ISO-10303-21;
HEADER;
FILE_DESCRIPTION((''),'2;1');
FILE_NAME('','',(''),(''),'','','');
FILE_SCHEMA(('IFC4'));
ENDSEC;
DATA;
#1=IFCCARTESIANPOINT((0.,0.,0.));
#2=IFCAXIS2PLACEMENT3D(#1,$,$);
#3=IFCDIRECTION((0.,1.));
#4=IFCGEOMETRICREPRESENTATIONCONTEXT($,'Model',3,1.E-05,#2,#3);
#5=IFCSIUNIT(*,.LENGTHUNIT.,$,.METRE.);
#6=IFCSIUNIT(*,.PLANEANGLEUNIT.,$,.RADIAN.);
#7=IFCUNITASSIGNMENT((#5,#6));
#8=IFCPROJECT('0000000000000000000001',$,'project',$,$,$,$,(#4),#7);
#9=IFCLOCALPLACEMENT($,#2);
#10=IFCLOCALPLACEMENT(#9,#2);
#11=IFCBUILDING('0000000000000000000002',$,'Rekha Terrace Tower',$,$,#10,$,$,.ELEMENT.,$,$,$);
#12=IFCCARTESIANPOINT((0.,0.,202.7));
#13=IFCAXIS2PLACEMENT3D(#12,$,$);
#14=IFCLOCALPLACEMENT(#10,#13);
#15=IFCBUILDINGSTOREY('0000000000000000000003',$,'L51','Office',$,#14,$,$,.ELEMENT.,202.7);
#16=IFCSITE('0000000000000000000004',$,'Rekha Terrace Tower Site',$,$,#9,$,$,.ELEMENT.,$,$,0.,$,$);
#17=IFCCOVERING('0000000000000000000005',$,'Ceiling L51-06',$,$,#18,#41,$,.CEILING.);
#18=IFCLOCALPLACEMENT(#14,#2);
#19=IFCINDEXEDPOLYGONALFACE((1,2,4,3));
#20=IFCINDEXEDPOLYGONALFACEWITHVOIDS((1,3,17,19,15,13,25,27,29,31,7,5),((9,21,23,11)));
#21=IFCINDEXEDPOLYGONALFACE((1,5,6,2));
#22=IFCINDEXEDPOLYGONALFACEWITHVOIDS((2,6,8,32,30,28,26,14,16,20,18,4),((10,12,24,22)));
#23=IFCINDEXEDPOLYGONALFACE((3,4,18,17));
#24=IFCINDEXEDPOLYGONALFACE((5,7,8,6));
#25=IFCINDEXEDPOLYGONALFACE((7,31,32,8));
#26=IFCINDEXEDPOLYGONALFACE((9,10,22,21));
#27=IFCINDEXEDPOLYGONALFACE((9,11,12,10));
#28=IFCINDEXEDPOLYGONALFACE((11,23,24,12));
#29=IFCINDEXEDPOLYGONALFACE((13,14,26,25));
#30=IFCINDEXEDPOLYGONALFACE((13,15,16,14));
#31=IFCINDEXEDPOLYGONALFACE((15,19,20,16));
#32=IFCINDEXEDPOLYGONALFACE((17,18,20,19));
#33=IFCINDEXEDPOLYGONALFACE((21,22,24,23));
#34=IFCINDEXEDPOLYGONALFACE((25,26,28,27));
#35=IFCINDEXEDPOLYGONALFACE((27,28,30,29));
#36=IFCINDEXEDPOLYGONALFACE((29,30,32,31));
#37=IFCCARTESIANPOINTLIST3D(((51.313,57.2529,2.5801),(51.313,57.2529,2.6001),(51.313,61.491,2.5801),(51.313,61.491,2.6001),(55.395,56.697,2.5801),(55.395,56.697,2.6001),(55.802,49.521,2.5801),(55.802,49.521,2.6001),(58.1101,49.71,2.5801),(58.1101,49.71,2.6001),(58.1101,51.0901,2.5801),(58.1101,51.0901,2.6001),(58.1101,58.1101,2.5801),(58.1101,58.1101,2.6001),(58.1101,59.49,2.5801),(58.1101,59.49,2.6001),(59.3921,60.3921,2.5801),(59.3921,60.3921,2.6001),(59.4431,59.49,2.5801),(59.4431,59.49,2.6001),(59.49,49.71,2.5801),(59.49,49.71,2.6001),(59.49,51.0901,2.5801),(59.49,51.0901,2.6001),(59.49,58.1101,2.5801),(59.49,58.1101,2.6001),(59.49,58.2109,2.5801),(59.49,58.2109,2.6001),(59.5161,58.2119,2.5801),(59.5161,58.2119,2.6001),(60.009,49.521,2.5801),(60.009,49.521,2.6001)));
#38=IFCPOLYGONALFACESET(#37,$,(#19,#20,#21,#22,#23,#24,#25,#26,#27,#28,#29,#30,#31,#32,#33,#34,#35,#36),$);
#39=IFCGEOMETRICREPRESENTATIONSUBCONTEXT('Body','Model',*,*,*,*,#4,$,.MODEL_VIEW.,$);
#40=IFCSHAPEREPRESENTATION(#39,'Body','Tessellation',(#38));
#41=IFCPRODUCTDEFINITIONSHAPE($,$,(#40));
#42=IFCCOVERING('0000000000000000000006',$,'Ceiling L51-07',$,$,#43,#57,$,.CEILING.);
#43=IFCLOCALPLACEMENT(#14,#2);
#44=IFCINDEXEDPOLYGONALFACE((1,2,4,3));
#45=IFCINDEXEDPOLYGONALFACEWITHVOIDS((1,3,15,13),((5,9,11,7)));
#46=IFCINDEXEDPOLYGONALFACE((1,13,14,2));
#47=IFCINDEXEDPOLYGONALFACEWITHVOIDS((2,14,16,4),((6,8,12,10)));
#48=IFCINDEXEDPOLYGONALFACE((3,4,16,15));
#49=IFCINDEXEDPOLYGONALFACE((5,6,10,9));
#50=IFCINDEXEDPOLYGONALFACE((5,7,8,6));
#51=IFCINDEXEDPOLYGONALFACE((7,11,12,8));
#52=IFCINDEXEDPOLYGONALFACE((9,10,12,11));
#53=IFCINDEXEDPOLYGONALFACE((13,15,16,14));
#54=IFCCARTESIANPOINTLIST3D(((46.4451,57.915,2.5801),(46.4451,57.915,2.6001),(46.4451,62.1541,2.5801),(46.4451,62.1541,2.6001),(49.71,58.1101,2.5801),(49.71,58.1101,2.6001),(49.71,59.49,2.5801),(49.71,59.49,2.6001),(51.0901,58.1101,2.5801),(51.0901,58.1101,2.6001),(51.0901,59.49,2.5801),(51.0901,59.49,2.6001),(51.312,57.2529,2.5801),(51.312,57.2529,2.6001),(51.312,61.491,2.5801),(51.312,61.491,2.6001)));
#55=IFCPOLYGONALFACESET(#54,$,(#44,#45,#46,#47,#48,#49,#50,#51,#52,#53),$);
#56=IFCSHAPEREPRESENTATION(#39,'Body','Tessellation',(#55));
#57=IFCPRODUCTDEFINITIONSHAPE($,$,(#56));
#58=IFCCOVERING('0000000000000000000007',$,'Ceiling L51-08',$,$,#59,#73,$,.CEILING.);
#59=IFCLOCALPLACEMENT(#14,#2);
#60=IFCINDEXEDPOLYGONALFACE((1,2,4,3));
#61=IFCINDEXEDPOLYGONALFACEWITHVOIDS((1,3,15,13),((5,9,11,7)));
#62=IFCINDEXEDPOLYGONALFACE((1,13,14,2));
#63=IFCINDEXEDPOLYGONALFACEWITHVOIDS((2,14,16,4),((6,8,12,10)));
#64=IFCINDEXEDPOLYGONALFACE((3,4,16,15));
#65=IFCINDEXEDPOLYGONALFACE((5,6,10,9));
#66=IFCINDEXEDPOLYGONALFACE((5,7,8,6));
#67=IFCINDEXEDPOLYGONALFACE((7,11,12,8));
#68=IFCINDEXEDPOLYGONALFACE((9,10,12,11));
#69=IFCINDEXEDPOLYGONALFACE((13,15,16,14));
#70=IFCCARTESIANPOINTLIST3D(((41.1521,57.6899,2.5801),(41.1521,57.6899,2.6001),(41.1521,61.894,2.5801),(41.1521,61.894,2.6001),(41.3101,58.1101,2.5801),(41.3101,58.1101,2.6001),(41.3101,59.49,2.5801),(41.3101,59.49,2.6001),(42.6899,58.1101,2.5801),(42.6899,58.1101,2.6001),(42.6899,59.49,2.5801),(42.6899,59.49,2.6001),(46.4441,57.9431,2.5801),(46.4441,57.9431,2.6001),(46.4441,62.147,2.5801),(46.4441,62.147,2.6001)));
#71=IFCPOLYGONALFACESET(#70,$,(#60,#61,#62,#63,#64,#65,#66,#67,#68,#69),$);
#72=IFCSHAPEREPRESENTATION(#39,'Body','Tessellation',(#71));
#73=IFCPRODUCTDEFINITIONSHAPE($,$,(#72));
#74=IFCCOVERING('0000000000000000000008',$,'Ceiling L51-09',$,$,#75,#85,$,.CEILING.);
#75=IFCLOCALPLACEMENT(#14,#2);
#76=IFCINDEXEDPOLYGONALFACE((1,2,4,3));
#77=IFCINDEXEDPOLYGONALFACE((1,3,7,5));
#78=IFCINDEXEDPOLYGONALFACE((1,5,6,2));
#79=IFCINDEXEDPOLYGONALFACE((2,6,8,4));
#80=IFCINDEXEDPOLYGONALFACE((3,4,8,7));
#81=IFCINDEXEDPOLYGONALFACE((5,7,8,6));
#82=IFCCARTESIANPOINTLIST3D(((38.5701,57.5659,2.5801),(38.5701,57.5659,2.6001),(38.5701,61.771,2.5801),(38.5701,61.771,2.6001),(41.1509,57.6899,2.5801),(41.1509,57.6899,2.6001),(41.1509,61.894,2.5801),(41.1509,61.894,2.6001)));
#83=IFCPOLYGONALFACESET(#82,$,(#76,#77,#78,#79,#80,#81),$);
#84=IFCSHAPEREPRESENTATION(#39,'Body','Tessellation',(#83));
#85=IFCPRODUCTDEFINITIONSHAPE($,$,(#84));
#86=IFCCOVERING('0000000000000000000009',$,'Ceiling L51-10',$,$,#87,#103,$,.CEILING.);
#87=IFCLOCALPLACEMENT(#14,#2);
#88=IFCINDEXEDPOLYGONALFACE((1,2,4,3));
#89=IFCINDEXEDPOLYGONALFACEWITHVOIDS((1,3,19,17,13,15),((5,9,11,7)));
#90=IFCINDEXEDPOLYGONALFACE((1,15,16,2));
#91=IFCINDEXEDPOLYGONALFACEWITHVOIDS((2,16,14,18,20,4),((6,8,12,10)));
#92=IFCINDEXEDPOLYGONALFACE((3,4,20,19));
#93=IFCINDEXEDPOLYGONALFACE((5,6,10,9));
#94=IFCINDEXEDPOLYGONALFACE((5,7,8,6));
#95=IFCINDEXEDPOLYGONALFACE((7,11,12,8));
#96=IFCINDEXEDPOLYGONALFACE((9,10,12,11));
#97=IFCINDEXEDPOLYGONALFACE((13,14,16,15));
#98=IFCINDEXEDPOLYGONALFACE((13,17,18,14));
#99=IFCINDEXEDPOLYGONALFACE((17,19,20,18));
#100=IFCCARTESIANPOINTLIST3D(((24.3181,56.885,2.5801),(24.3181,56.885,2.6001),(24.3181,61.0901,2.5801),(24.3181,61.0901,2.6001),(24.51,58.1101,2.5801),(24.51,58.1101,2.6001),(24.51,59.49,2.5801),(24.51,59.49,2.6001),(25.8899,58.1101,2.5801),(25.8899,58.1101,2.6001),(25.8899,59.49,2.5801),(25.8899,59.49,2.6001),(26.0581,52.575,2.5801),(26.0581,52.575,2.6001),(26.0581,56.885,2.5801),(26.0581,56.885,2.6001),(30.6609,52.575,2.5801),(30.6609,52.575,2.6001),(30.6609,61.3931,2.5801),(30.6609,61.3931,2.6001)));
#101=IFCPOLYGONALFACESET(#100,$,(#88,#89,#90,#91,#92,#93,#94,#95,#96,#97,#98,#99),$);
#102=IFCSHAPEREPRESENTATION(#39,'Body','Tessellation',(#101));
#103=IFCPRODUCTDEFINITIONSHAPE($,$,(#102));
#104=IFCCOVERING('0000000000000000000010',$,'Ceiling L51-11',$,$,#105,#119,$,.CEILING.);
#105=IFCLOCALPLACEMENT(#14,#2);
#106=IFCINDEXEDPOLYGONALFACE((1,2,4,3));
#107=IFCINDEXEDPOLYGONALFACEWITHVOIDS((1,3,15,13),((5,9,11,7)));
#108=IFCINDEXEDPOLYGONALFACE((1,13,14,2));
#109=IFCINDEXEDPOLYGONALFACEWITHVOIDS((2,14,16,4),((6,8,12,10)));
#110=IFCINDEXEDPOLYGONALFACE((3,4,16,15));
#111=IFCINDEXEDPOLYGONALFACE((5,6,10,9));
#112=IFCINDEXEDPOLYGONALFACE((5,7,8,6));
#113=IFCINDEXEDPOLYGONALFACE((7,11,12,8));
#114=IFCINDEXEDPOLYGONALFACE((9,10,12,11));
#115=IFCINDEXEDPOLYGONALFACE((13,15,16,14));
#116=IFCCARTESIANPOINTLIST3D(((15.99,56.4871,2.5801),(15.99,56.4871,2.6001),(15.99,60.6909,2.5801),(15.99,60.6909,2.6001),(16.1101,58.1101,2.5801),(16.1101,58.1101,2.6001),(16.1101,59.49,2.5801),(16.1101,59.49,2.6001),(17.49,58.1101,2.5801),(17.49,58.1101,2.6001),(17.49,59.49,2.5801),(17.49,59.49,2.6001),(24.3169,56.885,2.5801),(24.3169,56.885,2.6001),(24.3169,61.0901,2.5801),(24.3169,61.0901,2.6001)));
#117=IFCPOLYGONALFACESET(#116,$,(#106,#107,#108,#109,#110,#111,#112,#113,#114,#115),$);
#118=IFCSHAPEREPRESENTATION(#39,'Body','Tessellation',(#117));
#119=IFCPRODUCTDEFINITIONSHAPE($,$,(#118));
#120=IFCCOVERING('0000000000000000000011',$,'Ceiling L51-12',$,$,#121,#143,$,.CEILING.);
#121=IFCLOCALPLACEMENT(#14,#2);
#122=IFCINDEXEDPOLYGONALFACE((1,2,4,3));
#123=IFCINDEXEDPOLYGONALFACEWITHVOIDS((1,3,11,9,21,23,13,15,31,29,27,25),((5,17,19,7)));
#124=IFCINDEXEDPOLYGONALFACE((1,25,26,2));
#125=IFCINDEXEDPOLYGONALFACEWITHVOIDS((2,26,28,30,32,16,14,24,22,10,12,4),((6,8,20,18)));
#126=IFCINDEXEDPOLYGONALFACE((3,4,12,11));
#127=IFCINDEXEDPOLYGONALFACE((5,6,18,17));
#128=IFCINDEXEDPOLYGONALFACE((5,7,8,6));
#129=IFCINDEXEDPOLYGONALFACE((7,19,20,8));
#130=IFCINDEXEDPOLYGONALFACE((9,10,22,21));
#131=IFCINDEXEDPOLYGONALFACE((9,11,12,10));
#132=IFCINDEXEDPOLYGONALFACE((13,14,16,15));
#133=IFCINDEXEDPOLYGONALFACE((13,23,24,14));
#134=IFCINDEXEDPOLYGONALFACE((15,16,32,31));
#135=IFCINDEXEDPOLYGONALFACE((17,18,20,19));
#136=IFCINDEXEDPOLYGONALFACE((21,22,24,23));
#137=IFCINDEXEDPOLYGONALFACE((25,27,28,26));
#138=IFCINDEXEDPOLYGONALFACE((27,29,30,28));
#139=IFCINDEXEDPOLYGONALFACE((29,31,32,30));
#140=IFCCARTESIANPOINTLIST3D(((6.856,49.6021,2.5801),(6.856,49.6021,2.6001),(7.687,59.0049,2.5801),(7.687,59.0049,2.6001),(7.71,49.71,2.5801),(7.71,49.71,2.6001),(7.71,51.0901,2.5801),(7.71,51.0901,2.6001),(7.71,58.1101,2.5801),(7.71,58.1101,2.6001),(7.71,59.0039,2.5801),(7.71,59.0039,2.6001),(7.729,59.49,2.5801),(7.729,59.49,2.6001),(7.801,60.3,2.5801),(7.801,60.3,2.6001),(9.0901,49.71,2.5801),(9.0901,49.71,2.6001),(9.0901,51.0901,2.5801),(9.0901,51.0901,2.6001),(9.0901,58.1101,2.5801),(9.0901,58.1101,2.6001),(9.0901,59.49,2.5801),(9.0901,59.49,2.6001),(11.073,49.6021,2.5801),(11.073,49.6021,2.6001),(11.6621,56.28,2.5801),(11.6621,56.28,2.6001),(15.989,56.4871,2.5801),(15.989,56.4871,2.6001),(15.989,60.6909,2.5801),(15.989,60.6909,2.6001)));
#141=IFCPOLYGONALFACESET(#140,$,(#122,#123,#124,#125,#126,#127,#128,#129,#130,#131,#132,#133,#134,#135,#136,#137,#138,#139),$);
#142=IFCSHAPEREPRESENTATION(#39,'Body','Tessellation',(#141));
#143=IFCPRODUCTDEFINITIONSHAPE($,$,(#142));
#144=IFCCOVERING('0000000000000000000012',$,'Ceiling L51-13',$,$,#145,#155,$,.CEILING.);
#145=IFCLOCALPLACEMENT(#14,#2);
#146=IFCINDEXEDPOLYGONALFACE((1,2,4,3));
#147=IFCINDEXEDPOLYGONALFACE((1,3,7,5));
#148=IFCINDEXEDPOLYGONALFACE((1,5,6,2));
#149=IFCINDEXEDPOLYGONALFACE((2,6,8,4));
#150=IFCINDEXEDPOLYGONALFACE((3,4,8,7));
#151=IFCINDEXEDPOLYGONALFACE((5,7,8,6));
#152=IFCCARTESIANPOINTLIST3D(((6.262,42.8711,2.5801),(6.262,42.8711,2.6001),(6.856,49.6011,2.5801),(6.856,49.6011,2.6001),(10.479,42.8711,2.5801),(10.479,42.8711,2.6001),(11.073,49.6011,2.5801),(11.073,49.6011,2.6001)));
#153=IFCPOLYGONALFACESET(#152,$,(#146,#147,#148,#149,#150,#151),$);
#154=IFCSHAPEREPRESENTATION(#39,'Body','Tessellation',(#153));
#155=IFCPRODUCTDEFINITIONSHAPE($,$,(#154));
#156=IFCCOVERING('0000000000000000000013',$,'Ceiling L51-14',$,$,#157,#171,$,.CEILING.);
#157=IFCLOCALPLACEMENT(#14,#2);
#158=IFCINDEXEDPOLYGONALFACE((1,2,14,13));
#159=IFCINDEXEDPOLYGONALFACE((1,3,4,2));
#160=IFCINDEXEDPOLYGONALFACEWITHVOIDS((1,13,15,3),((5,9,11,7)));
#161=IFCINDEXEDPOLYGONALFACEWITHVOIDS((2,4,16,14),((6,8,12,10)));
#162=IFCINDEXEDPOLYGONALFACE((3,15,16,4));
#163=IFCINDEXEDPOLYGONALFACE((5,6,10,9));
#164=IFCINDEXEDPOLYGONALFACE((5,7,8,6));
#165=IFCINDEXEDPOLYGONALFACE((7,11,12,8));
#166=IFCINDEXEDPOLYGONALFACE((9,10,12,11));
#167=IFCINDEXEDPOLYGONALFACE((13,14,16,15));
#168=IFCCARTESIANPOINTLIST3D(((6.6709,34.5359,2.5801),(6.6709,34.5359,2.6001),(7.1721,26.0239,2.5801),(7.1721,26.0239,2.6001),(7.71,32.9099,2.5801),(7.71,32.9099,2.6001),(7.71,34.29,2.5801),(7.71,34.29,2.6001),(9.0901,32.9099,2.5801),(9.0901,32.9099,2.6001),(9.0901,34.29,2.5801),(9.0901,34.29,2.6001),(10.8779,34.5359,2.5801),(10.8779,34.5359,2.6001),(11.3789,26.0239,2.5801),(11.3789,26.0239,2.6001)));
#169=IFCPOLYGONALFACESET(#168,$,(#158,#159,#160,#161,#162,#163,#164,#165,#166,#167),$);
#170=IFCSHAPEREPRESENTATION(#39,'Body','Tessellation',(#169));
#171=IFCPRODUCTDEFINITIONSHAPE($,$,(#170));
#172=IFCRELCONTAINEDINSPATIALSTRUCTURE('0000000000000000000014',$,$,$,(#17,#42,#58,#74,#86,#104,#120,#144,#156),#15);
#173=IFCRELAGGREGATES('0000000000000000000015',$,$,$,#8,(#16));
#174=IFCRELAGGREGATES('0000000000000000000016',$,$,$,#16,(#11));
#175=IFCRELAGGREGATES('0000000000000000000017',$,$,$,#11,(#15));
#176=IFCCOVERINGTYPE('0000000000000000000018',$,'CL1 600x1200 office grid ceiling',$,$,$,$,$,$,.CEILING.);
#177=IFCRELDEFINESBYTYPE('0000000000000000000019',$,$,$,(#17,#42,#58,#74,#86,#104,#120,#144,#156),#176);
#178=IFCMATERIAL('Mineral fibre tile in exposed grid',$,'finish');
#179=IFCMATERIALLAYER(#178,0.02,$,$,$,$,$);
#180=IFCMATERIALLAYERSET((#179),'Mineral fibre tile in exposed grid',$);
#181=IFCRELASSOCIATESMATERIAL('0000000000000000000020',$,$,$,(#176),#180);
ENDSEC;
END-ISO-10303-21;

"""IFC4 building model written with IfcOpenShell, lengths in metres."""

from ifc_helpers import new_model, si_unit, direction, frame, origin, place, context, subcontext, project, spatial, polyline, outline, extrude, material, layer, layer_set, type_object, element, save


model = new_model("IFC4")

# Units and contexts
model_context = context("Model", 3, precision=1e-05, world=origin(), true_north=direction((0.0, 1.0)))
body_context = subcontext(model_context, "Body", "Model", "MODEL_VIEW")
ifc_project = project(units=[si_unit("LENGTHUNIT", "METRE"), si_unit("PLANEANGLEUNIT", "RADIAN")], contexts=[model_context])

# Site, building, storey
site_placement = place(None, origin())
site = spatial("IfcSite", under=ifc_project, at=site_placement, Name="Rekha Terrace Tower Site", CompositionType="ELEMENT", RefElevation=0.0)
building_placement = place(site_placement, origin())
building = spatial("IfcBuilding", under=site, at=building_placement, Name="Rekha Terrace Tower", CompositionType="ELEMENT")
storey_placement = place(building_placement, frame((0.0, 0.0, 202.7)))
storey = spatial("IfcBuildingStorey", under=building, at=storey_placement, Name="L51", Description="Office", CompositionType="ELEMENT", Elevation=202.7)

# Coverings
ifc_material_1 = material(Name="Mineral fibre tile in exposed grid", Category="finish")
ifc_layer_1 = layer(ifc_material_1, 0.02)
ifc_layer_set_1 = layer_set([ifc_layer_1], Name="Mineral fibre tile in exposed grid")
covering_type_1 = type_object("IfcCoveringType", Name="CL1 600x1200 office grid ceiling", PredefinedType="CEILING", material=ifc_layer_set_1)
covering_1_placement = place(storey_placement, frame((0.0, 0.0, 2.5801)))
element("IfcCovering", 1, at=covering_1_placement, inside=storey, type_object=covering_type_1, Name="Ceiling L51-06", PredefinedType="CEILING", context=body_context, shape_type="SweptSolid", body=[
    extrude(outline(polyline([(59.3921, 60.3921), (51.313, 61.491), (51.313, 57.2529), (55.395, 56.697), (55.802, 49.521), (60.009, 49.521), (59.5161, 58.2119), (59.49, 58.2109), (59.49, 58.1101), (58.1101, 58.1101), (58.1101, 59.49), (59.4431, 59.49), (59.3921, 60.3921)]), holes=[polyline([(59.49, 51.0901), (59.49, 49.71), (58.1101, 49.71), (58.1101, 51.0901), (59.49, 51.0901)])]), origin(), (0.0, 0.0, 1.0), 0.02),
])
covering_2_placement = place(storey_placement, frame((0.0, 0.0, 2.5801)))
element("IfcCovering", 2, at=covering_2_placement, inside=storey, type_object=covering_type_1, Name="Ceiling L51-07", PredefinedType="CEILING", context=body_context, shape_type="SweptSolid", body=[
    extrude(outline(polyline([(51.312, 57.2529), (51.312, 61.491), (46.4451, 62.1541), (46.4451, 57.915), (51.312, 57.2529)]), holes=[polyline([(51.0901, 58.1101), (49.71, 58.1101), (49.71, 59.49), (51.0901, 59.49), (51.0901, 58.1101)])]), origin(), (0.0, 0.0, 1.0), 0.02),
])
covering_3_placement = place(storey_placement, frame((0.0, 0.0, 2.5801)))
element("IfcCovering", 3, at=covering_3_placement, inside=storey, type_object=covering_type_1, Name="Ceiling L51-08", PredefinedType="CEILING", context=body_context, shape_type="SweptSolid", body=[
    extrude(outline(polyline([(46.4441, 62.147), (41.1521, 61.894), (41.1521, 57.6899), (46.4441, 57.9431), (46.4441, 62.147)]), holes=[polyline([(42.6899, 59.49), (42.6899, 58.1101), (41.3101, 58.1101), (41.3101, 59.49), (42.6899, 59.49)])]), origin(), (0.0, 0.0, 1.0), 0.02),
])
covering_4_placement = place(storey_placement, frame((0.0, 0.0, 2.5801)))
element("IfcCovering", 4, at=covering_4_placement, inside=storey, type_object=covering_type_1, Name="Ceiling L51-09", PredefinedType="CEILING", context=body_context, shape_type="SweptSolid", body=[
    extrude(outline(polyline([(41.1509, 57.6899), (41.1509, 61.894), (38.5701, 61.771), (38.5701, 57.5659), (41.1509, 57.6899)])), origin(), (0.0, 0.0, 1.0), 0.02),
])
covering_5_placement = place(storey_placement, frame((0.0, 0.0, 2.5801)))
element("IfcCovering", 5, at=covering_5_placement, inside=storey, type_object=covering_type_1, Name="Ceiling L51-10", PredefinedType="CEILING", context=body_context, shape_type="SweptSolid", body=[
    extrude(outline(polyline([(24.3181, 61.0901), (24.3181, 56.885), (26.0581, 56.885), (26.0581, 52.575), (30.6609, 52.575), (30.6609, 61.3931), (24.3181, 61.0901)]), holes=[polyline([(25.8899, 58.1101), (24.51, 58.1101), (24.51, 59.49), (25.8899, 59.49), (25.8899, 58.1101)])]), origin(), (0.0, 0.0, 1.0), 0.02),
])
covering_6_placement = place(storey_placement, frame((0.0, 0.0, 2.5801)))
element("IfcCovering", 6, at=covering_6_placement, inside=storey, type_object=covering_type_1, Name="Ceiling L51-11", PredefinedType="CEILING", context=body_context, shape_type="SweptSolid", body=[
    extrude(outline(polyline([(24.3169, 56.885), (24.3169, 61.0901), (15.99, 60.6909), (15.99, 56.4871), (24.3169, 56.885)]), holes=[polyline([(17.49, 59.49), (17.49, 58.1101), (16.1101, 58.1101), (16.1101, 59.49), (17.49, 59.49)])]), origin(), (0.0, 0.0, 1.0), 0.02),
])
covering_7_placement = place(storey_placement, frame((0.0, 0.0, 2.5801)))
element("IfcCovering", 7, at=covering_7_placement, inside=storey, type_object=covering_type_1, Name="Ceiling L51-12", PredefinedType="CEILING", context=body_context, shape_type="SweptSolid", body=[
    extrude(outline(polyline([(7.687, 59.0049), (6.856, 49.6021), (11.073, 49.6021), (11.6621, 56.28), (15.989, 56.4871), (15.989, 60.6909), (7.801, 60.3), (7.729, 59.49), (9.0901, 59.49), (9.0901, 58.1101), (7.71, 58.1101), (7.71, 59.0039), (7.687, 59.0049)]), holes=[polyline([(9.0901, 49.71), (7.71, 49.71), (7.71, 51.0901), (9.0901, 51.0901), (9.0901, 49.71)])]), origin(), (0.0, 0.0, 1.0), 0.02),
])
covering_8_placement = place(storey_placement, frame((0.0, 0.0, 2.5801)))
element("IfcCovering", 8, at=covering_8_placement, inside=storey, type_object=covering_type_1, Name="Ceiling L51-13", PredefinedType="CEILING", context=body_context, shape_type="SweptSolid", body=[
    extrude(outline(polyline([(11.073, 49.6011), (6.856, 49.6011), (6.262, 42.8711), (10.479, 42.8711), (11.073, 49.6011)])), origin(), (0.0, 0.0, 1.0), 0.02),
])
covering_9_placement = place(storey_placement, frame((0.0, 0.0, 2.5801)))
element("IfcCovering", 9, at=covering_9_placement, inside=storey, type_object=covering_type_1, Name="Ceiling L51-14", PredefinedType="CEILING", context=body_context, shape_type="SweptSolid", body=[
    extrude(outline(polyline([(10.8779, 34.5359), (6.6709, 34.5359), (7.1721, 26.0239), (11.3789, 26.0239), (10.8779, 34.5359)]), holes=[polyline([(9.0901, 34.29), (9.0901, 32.9099), (7.71, 32.9099), (7.71, 34.29), (9.0901, 34.29)])]), origin(), (0.0, 0.0, 1.0), 0.02),
])

save(model, "model.ifc")
